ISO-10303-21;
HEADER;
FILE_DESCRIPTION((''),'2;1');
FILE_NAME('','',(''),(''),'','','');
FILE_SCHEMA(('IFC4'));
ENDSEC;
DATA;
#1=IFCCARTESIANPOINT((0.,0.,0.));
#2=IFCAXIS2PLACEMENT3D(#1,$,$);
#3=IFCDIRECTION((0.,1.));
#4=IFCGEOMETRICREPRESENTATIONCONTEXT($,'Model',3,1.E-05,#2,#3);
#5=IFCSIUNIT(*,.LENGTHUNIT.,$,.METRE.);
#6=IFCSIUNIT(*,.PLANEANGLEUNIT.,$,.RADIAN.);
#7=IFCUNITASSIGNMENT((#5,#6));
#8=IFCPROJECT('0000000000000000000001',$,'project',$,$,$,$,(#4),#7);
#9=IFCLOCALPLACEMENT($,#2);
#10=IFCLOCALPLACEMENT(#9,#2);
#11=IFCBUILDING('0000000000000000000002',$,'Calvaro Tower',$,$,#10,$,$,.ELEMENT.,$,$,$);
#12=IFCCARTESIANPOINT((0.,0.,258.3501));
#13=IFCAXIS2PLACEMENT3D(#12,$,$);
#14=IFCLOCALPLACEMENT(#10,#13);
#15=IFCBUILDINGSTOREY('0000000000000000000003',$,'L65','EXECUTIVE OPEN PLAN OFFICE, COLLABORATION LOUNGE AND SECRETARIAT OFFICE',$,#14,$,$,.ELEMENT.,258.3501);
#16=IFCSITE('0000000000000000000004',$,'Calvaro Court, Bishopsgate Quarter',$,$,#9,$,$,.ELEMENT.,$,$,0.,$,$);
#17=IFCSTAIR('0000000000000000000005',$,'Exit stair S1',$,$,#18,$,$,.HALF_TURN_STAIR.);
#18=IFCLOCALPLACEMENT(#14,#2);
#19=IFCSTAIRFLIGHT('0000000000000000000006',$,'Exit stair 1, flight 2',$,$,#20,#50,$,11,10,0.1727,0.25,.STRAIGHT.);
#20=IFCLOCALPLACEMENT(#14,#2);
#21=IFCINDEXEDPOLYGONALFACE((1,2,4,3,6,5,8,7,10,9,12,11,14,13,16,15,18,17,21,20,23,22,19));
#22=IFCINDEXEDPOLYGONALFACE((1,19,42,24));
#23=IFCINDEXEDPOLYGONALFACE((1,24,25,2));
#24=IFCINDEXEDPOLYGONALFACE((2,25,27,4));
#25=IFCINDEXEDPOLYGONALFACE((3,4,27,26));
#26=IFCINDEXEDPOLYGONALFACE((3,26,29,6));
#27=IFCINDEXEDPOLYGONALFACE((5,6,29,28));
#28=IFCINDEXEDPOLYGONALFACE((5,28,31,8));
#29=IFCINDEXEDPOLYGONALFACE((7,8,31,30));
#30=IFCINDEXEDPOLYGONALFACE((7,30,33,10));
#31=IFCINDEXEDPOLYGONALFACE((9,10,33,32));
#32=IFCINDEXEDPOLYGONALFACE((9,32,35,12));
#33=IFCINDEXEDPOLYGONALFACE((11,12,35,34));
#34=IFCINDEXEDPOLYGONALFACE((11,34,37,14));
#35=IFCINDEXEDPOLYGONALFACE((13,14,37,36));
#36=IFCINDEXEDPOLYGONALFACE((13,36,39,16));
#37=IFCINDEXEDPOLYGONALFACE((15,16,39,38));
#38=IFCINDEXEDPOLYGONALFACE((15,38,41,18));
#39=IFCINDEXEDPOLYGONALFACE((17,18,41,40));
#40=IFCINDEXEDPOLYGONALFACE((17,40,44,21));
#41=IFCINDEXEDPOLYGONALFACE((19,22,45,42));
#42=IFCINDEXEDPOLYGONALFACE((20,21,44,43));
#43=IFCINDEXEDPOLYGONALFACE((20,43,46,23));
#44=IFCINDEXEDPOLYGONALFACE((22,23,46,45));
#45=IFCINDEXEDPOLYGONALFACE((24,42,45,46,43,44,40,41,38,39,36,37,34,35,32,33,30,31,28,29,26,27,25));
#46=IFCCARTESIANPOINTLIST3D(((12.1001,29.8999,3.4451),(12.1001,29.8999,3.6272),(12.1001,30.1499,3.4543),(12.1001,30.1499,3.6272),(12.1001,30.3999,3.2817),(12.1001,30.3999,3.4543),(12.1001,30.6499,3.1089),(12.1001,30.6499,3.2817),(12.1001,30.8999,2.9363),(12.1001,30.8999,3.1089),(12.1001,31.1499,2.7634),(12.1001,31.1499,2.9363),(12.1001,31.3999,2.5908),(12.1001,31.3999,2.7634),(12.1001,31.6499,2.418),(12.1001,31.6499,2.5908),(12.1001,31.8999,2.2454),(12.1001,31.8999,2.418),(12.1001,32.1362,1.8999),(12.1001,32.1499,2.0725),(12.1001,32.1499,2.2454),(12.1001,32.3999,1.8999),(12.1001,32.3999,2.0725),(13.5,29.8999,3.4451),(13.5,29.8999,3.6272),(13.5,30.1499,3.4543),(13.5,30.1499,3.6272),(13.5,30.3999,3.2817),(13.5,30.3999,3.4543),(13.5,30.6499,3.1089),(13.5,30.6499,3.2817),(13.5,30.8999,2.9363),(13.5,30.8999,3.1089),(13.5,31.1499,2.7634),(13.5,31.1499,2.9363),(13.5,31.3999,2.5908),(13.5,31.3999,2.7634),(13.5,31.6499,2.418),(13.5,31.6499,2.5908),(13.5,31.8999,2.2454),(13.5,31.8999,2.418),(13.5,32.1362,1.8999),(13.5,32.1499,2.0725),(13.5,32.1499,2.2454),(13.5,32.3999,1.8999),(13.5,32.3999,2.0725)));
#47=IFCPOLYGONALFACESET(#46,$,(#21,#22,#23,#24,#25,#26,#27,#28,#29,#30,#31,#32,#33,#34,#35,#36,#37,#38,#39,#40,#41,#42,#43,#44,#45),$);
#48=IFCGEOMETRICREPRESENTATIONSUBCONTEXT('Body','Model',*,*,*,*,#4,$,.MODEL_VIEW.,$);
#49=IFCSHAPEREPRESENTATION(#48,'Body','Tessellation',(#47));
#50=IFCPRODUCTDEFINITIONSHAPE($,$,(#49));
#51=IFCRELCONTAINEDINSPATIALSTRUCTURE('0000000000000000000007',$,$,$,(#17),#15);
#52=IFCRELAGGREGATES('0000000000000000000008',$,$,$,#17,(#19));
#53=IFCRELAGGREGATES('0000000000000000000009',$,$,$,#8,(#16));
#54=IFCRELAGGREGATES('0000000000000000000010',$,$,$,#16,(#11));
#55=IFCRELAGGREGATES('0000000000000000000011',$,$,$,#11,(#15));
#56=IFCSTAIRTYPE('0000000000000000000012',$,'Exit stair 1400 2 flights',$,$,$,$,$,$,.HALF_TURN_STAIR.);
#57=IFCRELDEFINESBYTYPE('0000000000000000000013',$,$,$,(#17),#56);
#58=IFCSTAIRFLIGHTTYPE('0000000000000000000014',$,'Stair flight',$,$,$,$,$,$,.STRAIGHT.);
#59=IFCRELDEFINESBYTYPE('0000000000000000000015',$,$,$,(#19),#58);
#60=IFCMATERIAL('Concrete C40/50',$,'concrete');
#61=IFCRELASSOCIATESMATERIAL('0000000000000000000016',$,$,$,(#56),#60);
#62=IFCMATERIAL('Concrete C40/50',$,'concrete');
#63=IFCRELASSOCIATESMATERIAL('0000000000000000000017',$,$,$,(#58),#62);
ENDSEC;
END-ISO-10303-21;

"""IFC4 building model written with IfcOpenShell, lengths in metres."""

from ifc_helpers import new_model, si_unit, direction, frame, origin, place, context, subcontext, project, spatial, polyline, outline, extrude, material, type_object, element, aggregate, save


model = new_model("IFC4")

# Units and contexts
model_context = context("Model", 3, precision=1e-05, world=origin(), true_north=direction((0.0, 1.0)))
body_context = subcontext(model_context, "Body", "Model", "MODEL_VIEW")
ifc_project = project(units=[si_unit("LENGTHUNIT", "METRE"), si_unit("PLANEANGLEUNIT", "RADIAN")], contexts=[model_context])

# Site, building, storey
site_placement = place(None, origin())
site = spatial("IfcSite", under=ifc_project, at=site_placement, Name="Calvaro Court, Bishopsgate Quarter", CompositionType="ELEMENT", RefElevation=0.0)
building_placement = place(site_placement, origin())
building = spatial("IfcBuilding", under=site, at=building_placement, Name="Calvaro Tower", CompositionType="ELEMENT")
storey_placement = place(building_placement, frame((0.0, 0.0, 258.3501)))
storey = spatial("IfcBuildingStorey", under=building, at=storey_placement, Name="L65", Description="EXECUTIVE OPEN PLAN OFFICE, COLLABORATION LOUNGE AND SECRETARIAT OFFICE", CompositionType="ELEMENT", Elevation=258.3501)

# Stair, stair flight
ifc_material_1 = material(Name="Concrete C40/50", Category="concrete")
stair_type = type_object("IfcStairType", Name="Exit stair 1400 2 flights", PredefinedType="HALF_TURN_STAIR", material=ifc_material_1)
stair_placement = place(storey_placement, origin())
stair = element("IfcStair", 1, at=stair_placement, inside=storey, type_object=stair_type, Name="Exit stair S1", PredefinedType="HALF_TURN_STAIR")
ifc_material_2 = material(Name="Concrete C40/50", Category="concrete")
stair_flight_type = type_object("IfcStairFlightType", Name="Stair flight", PredefinedType="STRAIGHT", material=ifc_material_2)
stair_flight_placement = place(storey_placement, frame((12.8, 32.3999, 1.8999), z_axis=(0.0, 0.0, 1.0), x_axis=(0.0, -1.0, 0.0)))
stair_flight = element("IfcStairFlight", 2, at=stair_flight_placement, type_object=stair_flight_type, Name="Exit stair 1, flight 2", NumberOfRisers=11, NumberOfTreads=10, PredefinedType="STRAIGHT", RiserHeight=0.1727, TreadLength=0.25, context=body_context, shape_type="SweptSolid", body=[
    extrude(outline(polyline([(0.0, 0.0), (0.0, 0.1726), (0.25, 0.1726), (0.25, 0.3455), (0.5, 0.3455), (0.5, 0.5181), (0.75, 0.5181), (0.75, 0.6909), (1.0, 0.6909), (1.0, 0.8635), (1.25, 0.8635), (1.25, 1.0364), (1.5, 1.0364), (1.5, 1.209), (1.75, 1.209), (1.75, 1.3818), (2.0, 1.3818), (2.0, 1.5544), (2.25, 1.5544), (2.25, 1.7273), (2.5, 1.7273), (2.5, 1.8999), (2.5, 1.5452), (0.2637, 0.0), (0.0, 0.0)])), frame((0.0, 0.7, 0.0), z_axis=(0.0, -1.0, 0.0), x_axis=(1.0, 0.0, 0.0)), (0.0, 0.0, 1.0), 1.3999),
])
aggregate(stair, [stair_flight])

save(model, "model.ifc")
